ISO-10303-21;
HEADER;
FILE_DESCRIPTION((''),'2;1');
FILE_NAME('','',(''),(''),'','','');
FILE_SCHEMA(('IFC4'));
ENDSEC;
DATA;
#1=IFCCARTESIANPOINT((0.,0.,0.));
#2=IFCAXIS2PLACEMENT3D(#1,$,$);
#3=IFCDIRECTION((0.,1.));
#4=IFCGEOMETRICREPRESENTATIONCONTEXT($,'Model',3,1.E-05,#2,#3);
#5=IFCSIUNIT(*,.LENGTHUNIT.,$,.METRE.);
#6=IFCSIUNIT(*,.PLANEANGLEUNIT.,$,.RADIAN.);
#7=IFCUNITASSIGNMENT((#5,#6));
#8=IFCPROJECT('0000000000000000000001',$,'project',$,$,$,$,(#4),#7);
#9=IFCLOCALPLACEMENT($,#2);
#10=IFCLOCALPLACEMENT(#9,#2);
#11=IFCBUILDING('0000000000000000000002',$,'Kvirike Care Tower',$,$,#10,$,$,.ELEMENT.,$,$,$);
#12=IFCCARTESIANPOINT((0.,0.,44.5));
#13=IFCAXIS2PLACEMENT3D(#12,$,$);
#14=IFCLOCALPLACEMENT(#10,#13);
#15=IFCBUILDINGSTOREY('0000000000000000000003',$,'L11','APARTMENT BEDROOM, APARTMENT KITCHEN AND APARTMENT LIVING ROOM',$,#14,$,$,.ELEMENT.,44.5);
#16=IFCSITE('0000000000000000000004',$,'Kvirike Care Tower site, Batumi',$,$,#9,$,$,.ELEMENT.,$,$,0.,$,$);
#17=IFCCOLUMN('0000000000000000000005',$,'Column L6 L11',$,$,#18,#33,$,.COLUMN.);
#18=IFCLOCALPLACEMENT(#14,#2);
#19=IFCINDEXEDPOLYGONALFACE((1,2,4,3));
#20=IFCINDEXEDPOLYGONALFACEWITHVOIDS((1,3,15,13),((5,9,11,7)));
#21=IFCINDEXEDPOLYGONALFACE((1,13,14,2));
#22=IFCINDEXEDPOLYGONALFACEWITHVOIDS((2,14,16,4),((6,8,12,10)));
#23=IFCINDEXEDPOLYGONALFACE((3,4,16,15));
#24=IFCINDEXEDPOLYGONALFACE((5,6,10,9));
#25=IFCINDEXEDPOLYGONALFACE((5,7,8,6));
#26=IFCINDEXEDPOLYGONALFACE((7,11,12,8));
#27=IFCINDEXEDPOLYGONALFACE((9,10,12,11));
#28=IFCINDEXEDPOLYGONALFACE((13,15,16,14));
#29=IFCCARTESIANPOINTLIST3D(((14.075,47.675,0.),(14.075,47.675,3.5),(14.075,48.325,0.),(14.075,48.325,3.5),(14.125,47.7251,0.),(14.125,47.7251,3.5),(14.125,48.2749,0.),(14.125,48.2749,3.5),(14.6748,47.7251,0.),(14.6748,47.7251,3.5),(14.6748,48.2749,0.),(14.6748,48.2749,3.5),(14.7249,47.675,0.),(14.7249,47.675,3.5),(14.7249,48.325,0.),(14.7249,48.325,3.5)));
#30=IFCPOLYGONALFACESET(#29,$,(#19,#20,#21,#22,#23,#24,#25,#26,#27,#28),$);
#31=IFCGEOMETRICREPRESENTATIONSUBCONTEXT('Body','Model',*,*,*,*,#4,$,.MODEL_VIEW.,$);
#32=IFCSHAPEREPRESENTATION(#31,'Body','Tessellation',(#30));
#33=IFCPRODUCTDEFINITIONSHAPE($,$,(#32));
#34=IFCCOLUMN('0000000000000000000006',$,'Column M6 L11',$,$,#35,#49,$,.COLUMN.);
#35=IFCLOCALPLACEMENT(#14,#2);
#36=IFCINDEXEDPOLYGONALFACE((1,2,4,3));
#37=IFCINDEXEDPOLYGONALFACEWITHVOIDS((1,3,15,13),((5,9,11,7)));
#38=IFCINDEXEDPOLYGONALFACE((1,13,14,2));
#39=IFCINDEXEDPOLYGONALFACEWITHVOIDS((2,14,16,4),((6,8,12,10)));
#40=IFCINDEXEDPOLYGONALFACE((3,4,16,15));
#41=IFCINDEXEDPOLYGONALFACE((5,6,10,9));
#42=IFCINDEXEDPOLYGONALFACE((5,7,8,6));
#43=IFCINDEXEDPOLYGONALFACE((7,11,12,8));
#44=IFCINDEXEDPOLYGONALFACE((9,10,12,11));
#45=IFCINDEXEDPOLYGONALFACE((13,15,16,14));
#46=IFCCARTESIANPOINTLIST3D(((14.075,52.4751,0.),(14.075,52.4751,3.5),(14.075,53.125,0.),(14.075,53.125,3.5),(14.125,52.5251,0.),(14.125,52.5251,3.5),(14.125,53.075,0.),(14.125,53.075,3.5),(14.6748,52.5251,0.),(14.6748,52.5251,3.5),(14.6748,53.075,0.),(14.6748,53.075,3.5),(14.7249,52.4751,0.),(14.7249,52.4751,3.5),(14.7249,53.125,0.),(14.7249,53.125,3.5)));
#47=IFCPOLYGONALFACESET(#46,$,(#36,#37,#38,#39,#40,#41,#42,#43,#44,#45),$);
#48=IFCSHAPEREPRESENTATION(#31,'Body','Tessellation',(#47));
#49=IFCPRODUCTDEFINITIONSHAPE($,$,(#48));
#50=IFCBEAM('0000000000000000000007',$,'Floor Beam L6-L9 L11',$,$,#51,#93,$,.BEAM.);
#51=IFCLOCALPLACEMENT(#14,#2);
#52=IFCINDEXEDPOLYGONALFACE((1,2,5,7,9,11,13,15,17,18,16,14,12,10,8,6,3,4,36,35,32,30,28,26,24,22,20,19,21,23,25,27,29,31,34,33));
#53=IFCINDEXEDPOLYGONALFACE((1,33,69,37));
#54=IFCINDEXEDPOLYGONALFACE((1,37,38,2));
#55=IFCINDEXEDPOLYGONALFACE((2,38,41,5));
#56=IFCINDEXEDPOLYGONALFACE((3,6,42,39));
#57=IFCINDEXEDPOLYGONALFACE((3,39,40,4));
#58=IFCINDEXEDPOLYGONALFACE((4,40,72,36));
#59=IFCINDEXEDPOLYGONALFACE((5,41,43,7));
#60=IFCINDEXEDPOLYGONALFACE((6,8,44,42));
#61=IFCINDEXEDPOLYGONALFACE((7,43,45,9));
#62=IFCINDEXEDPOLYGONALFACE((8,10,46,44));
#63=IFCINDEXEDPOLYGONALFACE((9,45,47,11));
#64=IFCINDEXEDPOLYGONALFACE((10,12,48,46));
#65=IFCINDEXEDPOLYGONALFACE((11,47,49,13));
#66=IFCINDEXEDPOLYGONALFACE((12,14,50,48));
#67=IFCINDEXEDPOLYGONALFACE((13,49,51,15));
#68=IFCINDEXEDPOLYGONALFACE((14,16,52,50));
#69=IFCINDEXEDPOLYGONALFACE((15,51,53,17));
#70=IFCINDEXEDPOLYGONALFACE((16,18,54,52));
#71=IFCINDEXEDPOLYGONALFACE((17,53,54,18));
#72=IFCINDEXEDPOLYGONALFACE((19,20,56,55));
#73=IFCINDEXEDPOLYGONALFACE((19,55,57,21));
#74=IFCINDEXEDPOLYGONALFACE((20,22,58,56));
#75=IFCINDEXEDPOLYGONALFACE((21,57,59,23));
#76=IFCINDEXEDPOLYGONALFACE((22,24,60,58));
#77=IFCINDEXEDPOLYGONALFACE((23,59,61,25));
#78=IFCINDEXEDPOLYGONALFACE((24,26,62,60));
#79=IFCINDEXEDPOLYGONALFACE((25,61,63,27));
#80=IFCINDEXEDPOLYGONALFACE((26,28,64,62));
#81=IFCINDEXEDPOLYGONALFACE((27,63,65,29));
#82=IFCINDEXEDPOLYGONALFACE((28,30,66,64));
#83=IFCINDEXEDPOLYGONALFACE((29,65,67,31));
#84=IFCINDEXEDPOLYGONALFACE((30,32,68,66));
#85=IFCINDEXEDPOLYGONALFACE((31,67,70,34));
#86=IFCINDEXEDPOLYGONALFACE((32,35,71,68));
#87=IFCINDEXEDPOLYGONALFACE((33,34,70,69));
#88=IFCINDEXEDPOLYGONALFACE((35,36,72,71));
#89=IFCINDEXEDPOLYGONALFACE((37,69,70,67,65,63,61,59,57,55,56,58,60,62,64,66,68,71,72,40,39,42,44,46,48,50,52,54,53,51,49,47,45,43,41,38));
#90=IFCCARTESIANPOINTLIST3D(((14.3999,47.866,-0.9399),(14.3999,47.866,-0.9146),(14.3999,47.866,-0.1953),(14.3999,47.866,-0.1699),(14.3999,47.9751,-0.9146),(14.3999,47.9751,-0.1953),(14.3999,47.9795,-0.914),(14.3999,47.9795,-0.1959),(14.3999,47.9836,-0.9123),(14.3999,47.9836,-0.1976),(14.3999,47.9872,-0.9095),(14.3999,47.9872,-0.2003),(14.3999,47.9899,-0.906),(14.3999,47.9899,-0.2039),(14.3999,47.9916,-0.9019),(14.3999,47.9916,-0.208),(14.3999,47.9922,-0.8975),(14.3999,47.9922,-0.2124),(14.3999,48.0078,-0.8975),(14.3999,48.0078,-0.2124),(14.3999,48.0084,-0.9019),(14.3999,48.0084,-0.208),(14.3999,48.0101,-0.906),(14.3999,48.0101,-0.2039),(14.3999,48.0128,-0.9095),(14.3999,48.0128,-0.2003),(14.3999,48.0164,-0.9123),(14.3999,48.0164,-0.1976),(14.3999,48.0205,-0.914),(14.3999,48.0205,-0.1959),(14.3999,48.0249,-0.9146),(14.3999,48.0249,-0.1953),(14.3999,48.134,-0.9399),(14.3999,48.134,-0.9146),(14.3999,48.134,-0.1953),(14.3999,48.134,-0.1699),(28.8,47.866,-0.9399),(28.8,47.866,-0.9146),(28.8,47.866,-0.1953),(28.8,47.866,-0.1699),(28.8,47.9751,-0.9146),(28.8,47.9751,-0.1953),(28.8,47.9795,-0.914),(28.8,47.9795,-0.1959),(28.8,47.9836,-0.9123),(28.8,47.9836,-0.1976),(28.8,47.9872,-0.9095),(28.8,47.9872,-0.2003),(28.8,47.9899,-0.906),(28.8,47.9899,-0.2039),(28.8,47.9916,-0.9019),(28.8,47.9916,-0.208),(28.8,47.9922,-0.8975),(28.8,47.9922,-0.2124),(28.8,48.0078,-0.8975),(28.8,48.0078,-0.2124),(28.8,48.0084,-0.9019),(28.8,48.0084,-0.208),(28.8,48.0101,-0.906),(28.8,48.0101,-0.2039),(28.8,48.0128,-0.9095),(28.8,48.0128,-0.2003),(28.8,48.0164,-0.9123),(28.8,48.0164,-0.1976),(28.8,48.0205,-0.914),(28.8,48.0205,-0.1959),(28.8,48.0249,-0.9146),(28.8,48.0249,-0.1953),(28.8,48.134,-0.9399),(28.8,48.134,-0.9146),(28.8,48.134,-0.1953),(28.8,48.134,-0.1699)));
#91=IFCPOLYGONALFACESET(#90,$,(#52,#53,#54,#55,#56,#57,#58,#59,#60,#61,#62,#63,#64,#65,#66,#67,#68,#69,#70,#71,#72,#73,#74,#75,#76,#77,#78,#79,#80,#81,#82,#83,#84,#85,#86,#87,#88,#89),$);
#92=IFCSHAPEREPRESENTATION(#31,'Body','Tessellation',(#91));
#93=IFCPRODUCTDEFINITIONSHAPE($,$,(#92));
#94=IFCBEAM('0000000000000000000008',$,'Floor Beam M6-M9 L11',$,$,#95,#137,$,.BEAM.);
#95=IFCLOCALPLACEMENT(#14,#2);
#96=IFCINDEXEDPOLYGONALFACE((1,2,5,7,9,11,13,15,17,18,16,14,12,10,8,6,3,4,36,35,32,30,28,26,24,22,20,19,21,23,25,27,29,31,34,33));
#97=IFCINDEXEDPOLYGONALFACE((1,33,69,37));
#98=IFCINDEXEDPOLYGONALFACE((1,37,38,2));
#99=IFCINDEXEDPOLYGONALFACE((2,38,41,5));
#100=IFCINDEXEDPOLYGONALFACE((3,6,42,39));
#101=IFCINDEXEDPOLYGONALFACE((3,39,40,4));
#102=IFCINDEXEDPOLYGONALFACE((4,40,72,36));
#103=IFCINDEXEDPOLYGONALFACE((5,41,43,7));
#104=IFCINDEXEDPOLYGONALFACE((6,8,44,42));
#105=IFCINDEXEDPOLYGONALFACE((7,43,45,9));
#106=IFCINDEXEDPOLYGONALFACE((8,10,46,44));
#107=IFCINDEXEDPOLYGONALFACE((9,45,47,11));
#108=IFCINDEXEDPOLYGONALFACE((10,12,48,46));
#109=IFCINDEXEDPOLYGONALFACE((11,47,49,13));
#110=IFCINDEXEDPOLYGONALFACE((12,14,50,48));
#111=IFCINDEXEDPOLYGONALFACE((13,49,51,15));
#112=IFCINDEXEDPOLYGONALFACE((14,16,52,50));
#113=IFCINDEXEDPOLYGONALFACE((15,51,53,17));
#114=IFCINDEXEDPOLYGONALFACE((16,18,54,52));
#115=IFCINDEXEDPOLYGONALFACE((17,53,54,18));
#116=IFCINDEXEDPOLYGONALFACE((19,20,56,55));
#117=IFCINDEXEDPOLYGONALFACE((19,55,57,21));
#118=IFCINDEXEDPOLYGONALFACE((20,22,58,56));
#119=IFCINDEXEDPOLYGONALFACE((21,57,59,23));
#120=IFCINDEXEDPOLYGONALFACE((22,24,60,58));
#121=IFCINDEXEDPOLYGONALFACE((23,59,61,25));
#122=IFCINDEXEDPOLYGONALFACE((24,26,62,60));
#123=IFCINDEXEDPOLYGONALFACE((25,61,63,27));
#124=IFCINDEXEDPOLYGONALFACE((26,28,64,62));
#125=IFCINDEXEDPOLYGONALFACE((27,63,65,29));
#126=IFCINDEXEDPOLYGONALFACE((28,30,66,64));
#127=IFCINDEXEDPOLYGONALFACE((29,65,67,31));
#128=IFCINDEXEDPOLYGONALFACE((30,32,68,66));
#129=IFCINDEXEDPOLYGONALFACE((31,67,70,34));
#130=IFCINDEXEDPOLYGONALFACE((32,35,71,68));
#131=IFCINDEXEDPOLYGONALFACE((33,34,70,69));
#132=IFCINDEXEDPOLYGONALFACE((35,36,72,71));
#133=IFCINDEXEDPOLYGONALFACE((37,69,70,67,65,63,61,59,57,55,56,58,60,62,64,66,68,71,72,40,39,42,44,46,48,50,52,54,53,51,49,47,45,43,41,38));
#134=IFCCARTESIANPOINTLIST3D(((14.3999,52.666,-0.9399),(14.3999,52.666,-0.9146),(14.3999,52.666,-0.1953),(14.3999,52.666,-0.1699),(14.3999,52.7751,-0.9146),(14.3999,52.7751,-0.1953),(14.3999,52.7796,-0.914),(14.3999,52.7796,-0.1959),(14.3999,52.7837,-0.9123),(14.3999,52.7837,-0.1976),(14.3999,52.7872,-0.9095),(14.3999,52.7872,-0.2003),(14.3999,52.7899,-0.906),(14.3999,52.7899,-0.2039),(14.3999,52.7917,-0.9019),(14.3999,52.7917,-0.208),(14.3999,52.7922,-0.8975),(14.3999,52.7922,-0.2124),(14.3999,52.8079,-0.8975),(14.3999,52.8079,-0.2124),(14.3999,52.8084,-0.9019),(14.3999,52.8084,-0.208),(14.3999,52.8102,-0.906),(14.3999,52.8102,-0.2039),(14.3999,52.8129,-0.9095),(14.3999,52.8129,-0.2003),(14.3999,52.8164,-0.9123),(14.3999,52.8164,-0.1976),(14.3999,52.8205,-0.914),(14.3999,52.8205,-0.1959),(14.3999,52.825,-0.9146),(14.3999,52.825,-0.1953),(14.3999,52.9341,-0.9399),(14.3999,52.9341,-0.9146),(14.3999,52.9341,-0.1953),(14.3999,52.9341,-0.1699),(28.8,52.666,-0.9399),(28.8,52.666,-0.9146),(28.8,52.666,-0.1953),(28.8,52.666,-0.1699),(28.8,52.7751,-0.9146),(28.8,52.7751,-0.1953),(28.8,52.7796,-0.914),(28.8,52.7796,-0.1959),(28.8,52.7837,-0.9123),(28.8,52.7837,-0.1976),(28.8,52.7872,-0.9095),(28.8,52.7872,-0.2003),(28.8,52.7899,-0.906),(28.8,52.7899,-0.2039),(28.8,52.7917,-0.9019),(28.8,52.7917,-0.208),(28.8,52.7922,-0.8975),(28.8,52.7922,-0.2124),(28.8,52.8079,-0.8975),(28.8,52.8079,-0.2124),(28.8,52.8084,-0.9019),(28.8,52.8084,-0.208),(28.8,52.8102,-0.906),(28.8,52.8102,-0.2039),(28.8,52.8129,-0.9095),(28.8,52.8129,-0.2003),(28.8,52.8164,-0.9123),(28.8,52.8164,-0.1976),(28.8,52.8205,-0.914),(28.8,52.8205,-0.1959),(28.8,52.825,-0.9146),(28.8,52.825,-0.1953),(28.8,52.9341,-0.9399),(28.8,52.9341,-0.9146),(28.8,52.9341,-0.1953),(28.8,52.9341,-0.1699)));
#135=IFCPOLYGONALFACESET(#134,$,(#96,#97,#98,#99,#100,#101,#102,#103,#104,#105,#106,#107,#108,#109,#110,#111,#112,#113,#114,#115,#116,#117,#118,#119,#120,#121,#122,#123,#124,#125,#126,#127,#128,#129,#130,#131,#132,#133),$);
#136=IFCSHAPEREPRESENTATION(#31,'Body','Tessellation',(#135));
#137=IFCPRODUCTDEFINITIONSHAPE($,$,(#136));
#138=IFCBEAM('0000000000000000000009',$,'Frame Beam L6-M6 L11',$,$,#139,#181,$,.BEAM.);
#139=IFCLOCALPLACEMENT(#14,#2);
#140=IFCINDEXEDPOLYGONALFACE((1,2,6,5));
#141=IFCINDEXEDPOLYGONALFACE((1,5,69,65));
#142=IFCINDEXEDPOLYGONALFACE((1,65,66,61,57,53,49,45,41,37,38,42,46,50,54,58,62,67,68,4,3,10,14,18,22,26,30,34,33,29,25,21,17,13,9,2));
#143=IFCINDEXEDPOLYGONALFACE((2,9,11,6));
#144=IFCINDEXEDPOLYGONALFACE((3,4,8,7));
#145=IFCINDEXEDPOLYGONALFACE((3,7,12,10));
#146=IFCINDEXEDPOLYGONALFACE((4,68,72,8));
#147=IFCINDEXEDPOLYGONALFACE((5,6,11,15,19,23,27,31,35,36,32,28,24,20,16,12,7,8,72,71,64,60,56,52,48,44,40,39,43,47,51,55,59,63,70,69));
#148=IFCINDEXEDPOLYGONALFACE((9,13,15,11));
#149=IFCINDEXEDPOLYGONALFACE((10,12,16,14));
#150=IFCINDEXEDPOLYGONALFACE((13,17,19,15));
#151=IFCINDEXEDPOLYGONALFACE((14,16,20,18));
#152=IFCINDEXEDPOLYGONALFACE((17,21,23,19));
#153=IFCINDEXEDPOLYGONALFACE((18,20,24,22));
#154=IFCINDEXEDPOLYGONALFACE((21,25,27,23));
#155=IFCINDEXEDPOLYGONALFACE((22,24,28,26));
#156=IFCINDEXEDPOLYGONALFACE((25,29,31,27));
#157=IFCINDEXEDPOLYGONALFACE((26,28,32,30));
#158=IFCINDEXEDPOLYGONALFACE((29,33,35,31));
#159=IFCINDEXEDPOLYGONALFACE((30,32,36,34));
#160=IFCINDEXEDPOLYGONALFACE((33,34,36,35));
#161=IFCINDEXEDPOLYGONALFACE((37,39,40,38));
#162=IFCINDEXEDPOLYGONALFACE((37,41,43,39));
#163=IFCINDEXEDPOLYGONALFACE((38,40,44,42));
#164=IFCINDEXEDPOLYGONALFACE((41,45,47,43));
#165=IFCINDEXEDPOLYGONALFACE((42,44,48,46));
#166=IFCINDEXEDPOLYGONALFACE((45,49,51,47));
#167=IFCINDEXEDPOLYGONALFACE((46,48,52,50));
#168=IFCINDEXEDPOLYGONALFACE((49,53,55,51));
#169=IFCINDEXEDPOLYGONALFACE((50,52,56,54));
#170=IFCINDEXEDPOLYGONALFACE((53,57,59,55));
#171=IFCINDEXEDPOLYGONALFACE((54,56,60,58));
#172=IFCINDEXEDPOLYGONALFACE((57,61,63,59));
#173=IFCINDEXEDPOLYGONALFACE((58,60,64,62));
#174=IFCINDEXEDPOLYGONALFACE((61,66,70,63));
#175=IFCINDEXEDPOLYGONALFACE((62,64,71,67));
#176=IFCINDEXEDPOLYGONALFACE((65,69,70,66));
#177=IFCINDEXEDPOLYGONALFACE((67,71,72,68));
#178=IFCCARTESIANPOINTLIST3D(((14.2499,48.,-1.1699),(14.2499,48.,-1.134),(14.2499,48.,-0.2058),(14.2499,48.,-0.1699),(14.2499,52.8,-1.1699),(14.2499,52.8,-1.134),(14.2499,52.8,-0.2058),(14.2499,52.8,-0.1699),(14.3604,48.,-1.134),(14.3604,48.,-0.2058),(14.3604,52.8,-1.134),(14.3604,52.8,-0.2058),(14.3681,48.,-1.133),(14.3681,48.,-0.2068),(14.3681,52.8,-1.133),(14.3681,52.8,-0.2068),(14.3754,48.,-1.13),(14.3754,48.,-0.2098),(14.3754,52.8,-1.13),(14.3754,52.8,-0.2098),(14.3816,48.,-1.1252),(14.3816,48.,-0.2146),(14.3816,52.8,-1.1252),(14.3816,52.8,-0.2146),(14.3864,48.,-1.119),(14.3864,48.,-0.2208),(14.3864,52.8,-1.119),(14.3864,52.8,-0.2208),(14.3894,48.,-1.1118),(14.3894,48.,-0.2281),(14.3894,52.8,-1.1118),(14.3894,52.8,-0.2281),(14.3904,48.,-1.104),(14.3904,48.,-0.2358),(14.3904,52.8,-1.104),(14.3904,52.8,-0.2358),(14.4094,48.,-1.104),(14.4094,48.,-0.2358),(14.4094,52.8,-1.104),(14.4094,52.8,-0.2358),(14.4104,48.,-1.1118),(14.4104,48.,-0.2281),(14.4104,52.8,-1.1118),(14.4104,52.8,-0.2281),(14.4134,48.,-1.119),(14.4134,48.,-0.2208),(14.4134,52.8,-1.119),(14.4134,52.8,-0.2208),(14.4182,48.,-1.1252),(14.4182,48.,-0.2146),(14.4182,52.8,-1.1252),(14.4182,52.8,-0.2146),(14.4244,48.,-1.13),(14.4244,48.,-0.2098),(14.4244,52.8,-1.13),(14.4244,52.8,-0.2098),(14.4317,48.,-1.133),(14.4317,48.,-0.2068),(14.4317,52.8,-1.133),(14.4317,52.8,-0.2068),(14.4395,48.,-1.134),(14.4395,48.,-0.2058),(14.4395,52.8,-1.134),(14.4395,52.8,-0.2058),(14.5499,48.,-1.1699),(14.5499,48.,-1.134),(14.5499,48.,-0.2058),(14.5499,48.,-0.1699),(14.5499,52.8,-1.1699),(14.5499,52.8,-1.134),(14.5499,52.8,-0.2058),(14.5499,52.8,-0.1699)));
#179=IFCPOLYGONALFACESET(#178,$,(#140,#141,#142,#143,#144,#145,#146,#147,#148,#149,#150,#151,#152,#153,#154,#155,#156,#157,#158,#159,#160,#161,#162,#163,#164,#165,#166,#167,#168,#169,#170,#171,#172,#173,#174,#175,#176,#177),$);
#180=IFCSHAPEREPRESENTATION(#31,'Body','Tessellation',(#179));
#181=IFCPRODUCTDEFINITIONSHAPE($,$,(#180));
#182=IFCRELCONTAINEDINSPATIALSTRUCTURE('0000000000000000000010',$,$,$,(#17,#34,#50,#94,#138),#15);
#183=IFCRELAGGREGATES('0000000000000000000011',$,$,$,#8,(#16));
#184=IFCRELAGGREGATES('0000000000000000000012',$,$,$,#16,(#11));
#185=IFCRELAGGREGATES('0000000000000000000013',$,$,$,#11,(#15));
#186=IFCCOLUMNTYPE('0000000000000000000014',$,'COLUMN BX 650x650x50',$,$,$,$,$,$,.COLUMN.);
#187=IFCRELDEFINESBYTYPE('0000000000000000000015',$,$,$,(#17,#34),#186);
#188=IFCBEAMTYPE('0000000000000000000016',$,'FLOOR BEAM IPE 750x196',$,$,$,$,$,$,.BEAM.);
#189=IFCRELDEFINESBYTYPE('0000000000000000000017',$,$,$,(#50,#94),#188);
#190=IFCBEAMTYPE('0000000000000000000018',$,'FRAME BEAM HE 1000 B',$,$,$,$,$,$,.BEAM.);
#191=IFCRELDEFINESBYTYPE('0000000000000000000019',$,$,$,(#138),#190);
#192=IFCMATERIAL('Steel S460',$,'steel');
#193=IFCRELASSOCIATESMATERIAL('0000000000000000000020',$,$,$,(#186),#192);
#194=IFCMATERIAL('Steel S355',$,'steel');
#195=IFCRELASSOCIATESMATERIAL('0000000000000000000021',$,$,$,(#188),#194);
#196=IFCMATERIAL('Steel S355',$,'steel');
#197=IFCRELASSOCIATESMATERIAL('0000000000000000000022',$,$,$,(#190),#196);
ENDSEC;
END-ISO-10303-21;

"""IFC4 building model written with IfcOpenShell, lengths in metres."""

from ifc_helpers import new_model, si_unit, direction, frame, origin, origin_2d, place, context, subcontext, project, spatial, hollow_rectangle, i_section, extrude, material, material_profile, profile_set, type_object, element, save


model = new_model("IFC4")

# Units and contexts
model_context = context("Model", 3, precision=1e-05, world=origin(), true_north=direction((0.0, 1.0)))
body_context = subcontext(model_context, "Body", "Model", "MODEL_VIEW")
ifc_project = project(units=[si_unit("LENGTHUNIT", "METRE"), si_unit("PLANEANGLEUNIT", "RADIAN")], contexts=[model_context])

# Site, building, storey
site_placement = place(None, origin())
site = spatial("IfcSite", under=ifc_project, at=site_placement, Name="Kvirike Care Tower site, Batumi", CompositionType="ELEMENT", RefElevation=0.0)
building_placement = place(site_placement, origin())
building = spatial("IfcBuilding", under=site, at=building_placement, Name="Kvirike Care Tower", CompositionType="ELEMENT")
storey_placement = place(building_placement, frame((0.0, 0.0, 44.5)))
storey = spatial("IfcBuildingStorey", under=building, at=storey_placement, Name="L11", Description="APARTMENT BEDROOM, APARTMENT KITCHEN AND APARTMENT LIVING ROOM", CompositionType="ELEMENT", Elevation=44.5)

# Columns
ifc_material_1 = material(Name="Steel S460", Category="steel")
ifc_material_profile_1 = material_profile(ifc_material_1, hollow_rectangle(XDim=0.6499, YDim=0.6499, WallThickness=0.05, at=origin_2d()), Name="BX 650x650x50")
ifc_profile_set_1 = profile_set([ifc_material_profile_1], Name="Steel S460")
column_type = type_object("IfcColumnType", Name="COLUMN BX 650x650x50", PredefinedType="COLUMN", material=ifc_profile_set_1)
for number, where, z_axis, x_axis, name in (
    (1, (14.3999, 48.0, 0.0), (0.0, 0.0, 1.0), (1.0, 0.0, 0.0), "Column L6 L11"),
    (2, (14.3999, 52.8, 0.0), (0.0, 0.0, 1.0), (1.0, 0.0, 0.0), "Column M6 L11"),
):
    element("IfcColumn", number, at=place(storey_placement, frame(where, z_axis=z_axis, x_axis=x_axis)), inside=storey, type_object=column_type, Name=name, PredefinedType="COLUMN", context=body_context, shape_type="SweptSolid", body=[
        extrude(hollow_rectangle(XDim=0.6499, YDim=0.6499, WallThickness=0.05, at=origin_2d()), origin(), (0.0, 0.0, 1.0), 3.5),
    ])

# Beams
ifc_material_2 = material(Name="Steel S355", Category="steel")
ifc_material_profile_2 = material_profile(ifc_material_2, i_section(OverallWidth=0.2681, OverallDepth=0.77, WebThickness=0.0156, FlangeThickness=0.0254, FilletRadius=0.0171, at=origin_2d()), Name="IPE 750x196")
ifc_profile_set_2 = profile_set([ifc_material_profile_2], Name="Steel S355")
beam_type_1 = type_object("IfcBeamType", Name="FLOOR BEAM IPE 750x196", PredefinedType="BEAM", material=ifc_profile_set_2)
for number, where, z_axis, x_axis, name in (
    (3, (14.3999, 48.0, -0.5549), (1.0, 0.0, 0.0), (0.0, 1.0, 0.0), "Floor Beam L6-L9 L11"),
    (4, (14.3999, 52.8, -0.5549), (1.0, 0.0, 0.0), (0.0, 1.0, 0.0), "Floor Beam M6-M9 L11"),
):
    element("IfcBeam", number, at=place(storey_placement, frame(where, z_axis=z_axis, x_axis=x_axis)), inside=storey, type_object=beam_type_1, Name=name, PredefinedType="BEAM", context=body_context, shape_type="SweptSolid", body=[
        extrude(i_section(OverallWidth=0.2681, OverallDepth=0.77, WebThickness=0.0156, FlangeThickness=0.0254, FilletRadius=0.0171, at=origin_2d()), origin(), (0.0, 0.0, 1.0), 14.4001),
    ])
ifc_material_3 = material(Name="Steel S355", Category="steel")
ifc_material_profile_3 = material_profile(ifc_material_3, i_section(OverallWidth=0.3, OverallDepth=1.0, WebThickness=0.019, FlangeThickness=0.0359, FilletRadius=0.03, at=origin_2d()), Name="HE 1000 B")
ifc_profile_set_3 = profile_set([ifc_material_profile_3], Name="Steel S355")
beam_type_2 = type_object("IfcBeamType", Name="FRAME BEAM HE 1000 B", PredefinedType="BEAM", material=ifc_profile_set_3)
for number, where, z_axis, x_axis, name in (
    (5, (14.3999, 48.0, -0.6699), (0.0, 1.0, 0.0), (-1.0, 0.0, 0.0), "Frame Beam L6-M6 L11"),
):
    element("IfcBeam", number, at=place(storey_placement, frame(where, z_axis=z_axis, x_axis=x_axis)), inside=storey, type_object=beam_type_2, Name=name, PredefinedType="BEAM", context=body_context, shape_type="SweptSolid", body=[
        extrude(i_section(OverallWidth=0.3, OverallDepth=1.0, WebThickness=0.019, FlangeThickness=0.0359, FilletRadius=0.03, at=origin_2d()), origin(), (0.0, 0.0, 1.0), 4.8),
    ])

save(model, "model.ifc")
